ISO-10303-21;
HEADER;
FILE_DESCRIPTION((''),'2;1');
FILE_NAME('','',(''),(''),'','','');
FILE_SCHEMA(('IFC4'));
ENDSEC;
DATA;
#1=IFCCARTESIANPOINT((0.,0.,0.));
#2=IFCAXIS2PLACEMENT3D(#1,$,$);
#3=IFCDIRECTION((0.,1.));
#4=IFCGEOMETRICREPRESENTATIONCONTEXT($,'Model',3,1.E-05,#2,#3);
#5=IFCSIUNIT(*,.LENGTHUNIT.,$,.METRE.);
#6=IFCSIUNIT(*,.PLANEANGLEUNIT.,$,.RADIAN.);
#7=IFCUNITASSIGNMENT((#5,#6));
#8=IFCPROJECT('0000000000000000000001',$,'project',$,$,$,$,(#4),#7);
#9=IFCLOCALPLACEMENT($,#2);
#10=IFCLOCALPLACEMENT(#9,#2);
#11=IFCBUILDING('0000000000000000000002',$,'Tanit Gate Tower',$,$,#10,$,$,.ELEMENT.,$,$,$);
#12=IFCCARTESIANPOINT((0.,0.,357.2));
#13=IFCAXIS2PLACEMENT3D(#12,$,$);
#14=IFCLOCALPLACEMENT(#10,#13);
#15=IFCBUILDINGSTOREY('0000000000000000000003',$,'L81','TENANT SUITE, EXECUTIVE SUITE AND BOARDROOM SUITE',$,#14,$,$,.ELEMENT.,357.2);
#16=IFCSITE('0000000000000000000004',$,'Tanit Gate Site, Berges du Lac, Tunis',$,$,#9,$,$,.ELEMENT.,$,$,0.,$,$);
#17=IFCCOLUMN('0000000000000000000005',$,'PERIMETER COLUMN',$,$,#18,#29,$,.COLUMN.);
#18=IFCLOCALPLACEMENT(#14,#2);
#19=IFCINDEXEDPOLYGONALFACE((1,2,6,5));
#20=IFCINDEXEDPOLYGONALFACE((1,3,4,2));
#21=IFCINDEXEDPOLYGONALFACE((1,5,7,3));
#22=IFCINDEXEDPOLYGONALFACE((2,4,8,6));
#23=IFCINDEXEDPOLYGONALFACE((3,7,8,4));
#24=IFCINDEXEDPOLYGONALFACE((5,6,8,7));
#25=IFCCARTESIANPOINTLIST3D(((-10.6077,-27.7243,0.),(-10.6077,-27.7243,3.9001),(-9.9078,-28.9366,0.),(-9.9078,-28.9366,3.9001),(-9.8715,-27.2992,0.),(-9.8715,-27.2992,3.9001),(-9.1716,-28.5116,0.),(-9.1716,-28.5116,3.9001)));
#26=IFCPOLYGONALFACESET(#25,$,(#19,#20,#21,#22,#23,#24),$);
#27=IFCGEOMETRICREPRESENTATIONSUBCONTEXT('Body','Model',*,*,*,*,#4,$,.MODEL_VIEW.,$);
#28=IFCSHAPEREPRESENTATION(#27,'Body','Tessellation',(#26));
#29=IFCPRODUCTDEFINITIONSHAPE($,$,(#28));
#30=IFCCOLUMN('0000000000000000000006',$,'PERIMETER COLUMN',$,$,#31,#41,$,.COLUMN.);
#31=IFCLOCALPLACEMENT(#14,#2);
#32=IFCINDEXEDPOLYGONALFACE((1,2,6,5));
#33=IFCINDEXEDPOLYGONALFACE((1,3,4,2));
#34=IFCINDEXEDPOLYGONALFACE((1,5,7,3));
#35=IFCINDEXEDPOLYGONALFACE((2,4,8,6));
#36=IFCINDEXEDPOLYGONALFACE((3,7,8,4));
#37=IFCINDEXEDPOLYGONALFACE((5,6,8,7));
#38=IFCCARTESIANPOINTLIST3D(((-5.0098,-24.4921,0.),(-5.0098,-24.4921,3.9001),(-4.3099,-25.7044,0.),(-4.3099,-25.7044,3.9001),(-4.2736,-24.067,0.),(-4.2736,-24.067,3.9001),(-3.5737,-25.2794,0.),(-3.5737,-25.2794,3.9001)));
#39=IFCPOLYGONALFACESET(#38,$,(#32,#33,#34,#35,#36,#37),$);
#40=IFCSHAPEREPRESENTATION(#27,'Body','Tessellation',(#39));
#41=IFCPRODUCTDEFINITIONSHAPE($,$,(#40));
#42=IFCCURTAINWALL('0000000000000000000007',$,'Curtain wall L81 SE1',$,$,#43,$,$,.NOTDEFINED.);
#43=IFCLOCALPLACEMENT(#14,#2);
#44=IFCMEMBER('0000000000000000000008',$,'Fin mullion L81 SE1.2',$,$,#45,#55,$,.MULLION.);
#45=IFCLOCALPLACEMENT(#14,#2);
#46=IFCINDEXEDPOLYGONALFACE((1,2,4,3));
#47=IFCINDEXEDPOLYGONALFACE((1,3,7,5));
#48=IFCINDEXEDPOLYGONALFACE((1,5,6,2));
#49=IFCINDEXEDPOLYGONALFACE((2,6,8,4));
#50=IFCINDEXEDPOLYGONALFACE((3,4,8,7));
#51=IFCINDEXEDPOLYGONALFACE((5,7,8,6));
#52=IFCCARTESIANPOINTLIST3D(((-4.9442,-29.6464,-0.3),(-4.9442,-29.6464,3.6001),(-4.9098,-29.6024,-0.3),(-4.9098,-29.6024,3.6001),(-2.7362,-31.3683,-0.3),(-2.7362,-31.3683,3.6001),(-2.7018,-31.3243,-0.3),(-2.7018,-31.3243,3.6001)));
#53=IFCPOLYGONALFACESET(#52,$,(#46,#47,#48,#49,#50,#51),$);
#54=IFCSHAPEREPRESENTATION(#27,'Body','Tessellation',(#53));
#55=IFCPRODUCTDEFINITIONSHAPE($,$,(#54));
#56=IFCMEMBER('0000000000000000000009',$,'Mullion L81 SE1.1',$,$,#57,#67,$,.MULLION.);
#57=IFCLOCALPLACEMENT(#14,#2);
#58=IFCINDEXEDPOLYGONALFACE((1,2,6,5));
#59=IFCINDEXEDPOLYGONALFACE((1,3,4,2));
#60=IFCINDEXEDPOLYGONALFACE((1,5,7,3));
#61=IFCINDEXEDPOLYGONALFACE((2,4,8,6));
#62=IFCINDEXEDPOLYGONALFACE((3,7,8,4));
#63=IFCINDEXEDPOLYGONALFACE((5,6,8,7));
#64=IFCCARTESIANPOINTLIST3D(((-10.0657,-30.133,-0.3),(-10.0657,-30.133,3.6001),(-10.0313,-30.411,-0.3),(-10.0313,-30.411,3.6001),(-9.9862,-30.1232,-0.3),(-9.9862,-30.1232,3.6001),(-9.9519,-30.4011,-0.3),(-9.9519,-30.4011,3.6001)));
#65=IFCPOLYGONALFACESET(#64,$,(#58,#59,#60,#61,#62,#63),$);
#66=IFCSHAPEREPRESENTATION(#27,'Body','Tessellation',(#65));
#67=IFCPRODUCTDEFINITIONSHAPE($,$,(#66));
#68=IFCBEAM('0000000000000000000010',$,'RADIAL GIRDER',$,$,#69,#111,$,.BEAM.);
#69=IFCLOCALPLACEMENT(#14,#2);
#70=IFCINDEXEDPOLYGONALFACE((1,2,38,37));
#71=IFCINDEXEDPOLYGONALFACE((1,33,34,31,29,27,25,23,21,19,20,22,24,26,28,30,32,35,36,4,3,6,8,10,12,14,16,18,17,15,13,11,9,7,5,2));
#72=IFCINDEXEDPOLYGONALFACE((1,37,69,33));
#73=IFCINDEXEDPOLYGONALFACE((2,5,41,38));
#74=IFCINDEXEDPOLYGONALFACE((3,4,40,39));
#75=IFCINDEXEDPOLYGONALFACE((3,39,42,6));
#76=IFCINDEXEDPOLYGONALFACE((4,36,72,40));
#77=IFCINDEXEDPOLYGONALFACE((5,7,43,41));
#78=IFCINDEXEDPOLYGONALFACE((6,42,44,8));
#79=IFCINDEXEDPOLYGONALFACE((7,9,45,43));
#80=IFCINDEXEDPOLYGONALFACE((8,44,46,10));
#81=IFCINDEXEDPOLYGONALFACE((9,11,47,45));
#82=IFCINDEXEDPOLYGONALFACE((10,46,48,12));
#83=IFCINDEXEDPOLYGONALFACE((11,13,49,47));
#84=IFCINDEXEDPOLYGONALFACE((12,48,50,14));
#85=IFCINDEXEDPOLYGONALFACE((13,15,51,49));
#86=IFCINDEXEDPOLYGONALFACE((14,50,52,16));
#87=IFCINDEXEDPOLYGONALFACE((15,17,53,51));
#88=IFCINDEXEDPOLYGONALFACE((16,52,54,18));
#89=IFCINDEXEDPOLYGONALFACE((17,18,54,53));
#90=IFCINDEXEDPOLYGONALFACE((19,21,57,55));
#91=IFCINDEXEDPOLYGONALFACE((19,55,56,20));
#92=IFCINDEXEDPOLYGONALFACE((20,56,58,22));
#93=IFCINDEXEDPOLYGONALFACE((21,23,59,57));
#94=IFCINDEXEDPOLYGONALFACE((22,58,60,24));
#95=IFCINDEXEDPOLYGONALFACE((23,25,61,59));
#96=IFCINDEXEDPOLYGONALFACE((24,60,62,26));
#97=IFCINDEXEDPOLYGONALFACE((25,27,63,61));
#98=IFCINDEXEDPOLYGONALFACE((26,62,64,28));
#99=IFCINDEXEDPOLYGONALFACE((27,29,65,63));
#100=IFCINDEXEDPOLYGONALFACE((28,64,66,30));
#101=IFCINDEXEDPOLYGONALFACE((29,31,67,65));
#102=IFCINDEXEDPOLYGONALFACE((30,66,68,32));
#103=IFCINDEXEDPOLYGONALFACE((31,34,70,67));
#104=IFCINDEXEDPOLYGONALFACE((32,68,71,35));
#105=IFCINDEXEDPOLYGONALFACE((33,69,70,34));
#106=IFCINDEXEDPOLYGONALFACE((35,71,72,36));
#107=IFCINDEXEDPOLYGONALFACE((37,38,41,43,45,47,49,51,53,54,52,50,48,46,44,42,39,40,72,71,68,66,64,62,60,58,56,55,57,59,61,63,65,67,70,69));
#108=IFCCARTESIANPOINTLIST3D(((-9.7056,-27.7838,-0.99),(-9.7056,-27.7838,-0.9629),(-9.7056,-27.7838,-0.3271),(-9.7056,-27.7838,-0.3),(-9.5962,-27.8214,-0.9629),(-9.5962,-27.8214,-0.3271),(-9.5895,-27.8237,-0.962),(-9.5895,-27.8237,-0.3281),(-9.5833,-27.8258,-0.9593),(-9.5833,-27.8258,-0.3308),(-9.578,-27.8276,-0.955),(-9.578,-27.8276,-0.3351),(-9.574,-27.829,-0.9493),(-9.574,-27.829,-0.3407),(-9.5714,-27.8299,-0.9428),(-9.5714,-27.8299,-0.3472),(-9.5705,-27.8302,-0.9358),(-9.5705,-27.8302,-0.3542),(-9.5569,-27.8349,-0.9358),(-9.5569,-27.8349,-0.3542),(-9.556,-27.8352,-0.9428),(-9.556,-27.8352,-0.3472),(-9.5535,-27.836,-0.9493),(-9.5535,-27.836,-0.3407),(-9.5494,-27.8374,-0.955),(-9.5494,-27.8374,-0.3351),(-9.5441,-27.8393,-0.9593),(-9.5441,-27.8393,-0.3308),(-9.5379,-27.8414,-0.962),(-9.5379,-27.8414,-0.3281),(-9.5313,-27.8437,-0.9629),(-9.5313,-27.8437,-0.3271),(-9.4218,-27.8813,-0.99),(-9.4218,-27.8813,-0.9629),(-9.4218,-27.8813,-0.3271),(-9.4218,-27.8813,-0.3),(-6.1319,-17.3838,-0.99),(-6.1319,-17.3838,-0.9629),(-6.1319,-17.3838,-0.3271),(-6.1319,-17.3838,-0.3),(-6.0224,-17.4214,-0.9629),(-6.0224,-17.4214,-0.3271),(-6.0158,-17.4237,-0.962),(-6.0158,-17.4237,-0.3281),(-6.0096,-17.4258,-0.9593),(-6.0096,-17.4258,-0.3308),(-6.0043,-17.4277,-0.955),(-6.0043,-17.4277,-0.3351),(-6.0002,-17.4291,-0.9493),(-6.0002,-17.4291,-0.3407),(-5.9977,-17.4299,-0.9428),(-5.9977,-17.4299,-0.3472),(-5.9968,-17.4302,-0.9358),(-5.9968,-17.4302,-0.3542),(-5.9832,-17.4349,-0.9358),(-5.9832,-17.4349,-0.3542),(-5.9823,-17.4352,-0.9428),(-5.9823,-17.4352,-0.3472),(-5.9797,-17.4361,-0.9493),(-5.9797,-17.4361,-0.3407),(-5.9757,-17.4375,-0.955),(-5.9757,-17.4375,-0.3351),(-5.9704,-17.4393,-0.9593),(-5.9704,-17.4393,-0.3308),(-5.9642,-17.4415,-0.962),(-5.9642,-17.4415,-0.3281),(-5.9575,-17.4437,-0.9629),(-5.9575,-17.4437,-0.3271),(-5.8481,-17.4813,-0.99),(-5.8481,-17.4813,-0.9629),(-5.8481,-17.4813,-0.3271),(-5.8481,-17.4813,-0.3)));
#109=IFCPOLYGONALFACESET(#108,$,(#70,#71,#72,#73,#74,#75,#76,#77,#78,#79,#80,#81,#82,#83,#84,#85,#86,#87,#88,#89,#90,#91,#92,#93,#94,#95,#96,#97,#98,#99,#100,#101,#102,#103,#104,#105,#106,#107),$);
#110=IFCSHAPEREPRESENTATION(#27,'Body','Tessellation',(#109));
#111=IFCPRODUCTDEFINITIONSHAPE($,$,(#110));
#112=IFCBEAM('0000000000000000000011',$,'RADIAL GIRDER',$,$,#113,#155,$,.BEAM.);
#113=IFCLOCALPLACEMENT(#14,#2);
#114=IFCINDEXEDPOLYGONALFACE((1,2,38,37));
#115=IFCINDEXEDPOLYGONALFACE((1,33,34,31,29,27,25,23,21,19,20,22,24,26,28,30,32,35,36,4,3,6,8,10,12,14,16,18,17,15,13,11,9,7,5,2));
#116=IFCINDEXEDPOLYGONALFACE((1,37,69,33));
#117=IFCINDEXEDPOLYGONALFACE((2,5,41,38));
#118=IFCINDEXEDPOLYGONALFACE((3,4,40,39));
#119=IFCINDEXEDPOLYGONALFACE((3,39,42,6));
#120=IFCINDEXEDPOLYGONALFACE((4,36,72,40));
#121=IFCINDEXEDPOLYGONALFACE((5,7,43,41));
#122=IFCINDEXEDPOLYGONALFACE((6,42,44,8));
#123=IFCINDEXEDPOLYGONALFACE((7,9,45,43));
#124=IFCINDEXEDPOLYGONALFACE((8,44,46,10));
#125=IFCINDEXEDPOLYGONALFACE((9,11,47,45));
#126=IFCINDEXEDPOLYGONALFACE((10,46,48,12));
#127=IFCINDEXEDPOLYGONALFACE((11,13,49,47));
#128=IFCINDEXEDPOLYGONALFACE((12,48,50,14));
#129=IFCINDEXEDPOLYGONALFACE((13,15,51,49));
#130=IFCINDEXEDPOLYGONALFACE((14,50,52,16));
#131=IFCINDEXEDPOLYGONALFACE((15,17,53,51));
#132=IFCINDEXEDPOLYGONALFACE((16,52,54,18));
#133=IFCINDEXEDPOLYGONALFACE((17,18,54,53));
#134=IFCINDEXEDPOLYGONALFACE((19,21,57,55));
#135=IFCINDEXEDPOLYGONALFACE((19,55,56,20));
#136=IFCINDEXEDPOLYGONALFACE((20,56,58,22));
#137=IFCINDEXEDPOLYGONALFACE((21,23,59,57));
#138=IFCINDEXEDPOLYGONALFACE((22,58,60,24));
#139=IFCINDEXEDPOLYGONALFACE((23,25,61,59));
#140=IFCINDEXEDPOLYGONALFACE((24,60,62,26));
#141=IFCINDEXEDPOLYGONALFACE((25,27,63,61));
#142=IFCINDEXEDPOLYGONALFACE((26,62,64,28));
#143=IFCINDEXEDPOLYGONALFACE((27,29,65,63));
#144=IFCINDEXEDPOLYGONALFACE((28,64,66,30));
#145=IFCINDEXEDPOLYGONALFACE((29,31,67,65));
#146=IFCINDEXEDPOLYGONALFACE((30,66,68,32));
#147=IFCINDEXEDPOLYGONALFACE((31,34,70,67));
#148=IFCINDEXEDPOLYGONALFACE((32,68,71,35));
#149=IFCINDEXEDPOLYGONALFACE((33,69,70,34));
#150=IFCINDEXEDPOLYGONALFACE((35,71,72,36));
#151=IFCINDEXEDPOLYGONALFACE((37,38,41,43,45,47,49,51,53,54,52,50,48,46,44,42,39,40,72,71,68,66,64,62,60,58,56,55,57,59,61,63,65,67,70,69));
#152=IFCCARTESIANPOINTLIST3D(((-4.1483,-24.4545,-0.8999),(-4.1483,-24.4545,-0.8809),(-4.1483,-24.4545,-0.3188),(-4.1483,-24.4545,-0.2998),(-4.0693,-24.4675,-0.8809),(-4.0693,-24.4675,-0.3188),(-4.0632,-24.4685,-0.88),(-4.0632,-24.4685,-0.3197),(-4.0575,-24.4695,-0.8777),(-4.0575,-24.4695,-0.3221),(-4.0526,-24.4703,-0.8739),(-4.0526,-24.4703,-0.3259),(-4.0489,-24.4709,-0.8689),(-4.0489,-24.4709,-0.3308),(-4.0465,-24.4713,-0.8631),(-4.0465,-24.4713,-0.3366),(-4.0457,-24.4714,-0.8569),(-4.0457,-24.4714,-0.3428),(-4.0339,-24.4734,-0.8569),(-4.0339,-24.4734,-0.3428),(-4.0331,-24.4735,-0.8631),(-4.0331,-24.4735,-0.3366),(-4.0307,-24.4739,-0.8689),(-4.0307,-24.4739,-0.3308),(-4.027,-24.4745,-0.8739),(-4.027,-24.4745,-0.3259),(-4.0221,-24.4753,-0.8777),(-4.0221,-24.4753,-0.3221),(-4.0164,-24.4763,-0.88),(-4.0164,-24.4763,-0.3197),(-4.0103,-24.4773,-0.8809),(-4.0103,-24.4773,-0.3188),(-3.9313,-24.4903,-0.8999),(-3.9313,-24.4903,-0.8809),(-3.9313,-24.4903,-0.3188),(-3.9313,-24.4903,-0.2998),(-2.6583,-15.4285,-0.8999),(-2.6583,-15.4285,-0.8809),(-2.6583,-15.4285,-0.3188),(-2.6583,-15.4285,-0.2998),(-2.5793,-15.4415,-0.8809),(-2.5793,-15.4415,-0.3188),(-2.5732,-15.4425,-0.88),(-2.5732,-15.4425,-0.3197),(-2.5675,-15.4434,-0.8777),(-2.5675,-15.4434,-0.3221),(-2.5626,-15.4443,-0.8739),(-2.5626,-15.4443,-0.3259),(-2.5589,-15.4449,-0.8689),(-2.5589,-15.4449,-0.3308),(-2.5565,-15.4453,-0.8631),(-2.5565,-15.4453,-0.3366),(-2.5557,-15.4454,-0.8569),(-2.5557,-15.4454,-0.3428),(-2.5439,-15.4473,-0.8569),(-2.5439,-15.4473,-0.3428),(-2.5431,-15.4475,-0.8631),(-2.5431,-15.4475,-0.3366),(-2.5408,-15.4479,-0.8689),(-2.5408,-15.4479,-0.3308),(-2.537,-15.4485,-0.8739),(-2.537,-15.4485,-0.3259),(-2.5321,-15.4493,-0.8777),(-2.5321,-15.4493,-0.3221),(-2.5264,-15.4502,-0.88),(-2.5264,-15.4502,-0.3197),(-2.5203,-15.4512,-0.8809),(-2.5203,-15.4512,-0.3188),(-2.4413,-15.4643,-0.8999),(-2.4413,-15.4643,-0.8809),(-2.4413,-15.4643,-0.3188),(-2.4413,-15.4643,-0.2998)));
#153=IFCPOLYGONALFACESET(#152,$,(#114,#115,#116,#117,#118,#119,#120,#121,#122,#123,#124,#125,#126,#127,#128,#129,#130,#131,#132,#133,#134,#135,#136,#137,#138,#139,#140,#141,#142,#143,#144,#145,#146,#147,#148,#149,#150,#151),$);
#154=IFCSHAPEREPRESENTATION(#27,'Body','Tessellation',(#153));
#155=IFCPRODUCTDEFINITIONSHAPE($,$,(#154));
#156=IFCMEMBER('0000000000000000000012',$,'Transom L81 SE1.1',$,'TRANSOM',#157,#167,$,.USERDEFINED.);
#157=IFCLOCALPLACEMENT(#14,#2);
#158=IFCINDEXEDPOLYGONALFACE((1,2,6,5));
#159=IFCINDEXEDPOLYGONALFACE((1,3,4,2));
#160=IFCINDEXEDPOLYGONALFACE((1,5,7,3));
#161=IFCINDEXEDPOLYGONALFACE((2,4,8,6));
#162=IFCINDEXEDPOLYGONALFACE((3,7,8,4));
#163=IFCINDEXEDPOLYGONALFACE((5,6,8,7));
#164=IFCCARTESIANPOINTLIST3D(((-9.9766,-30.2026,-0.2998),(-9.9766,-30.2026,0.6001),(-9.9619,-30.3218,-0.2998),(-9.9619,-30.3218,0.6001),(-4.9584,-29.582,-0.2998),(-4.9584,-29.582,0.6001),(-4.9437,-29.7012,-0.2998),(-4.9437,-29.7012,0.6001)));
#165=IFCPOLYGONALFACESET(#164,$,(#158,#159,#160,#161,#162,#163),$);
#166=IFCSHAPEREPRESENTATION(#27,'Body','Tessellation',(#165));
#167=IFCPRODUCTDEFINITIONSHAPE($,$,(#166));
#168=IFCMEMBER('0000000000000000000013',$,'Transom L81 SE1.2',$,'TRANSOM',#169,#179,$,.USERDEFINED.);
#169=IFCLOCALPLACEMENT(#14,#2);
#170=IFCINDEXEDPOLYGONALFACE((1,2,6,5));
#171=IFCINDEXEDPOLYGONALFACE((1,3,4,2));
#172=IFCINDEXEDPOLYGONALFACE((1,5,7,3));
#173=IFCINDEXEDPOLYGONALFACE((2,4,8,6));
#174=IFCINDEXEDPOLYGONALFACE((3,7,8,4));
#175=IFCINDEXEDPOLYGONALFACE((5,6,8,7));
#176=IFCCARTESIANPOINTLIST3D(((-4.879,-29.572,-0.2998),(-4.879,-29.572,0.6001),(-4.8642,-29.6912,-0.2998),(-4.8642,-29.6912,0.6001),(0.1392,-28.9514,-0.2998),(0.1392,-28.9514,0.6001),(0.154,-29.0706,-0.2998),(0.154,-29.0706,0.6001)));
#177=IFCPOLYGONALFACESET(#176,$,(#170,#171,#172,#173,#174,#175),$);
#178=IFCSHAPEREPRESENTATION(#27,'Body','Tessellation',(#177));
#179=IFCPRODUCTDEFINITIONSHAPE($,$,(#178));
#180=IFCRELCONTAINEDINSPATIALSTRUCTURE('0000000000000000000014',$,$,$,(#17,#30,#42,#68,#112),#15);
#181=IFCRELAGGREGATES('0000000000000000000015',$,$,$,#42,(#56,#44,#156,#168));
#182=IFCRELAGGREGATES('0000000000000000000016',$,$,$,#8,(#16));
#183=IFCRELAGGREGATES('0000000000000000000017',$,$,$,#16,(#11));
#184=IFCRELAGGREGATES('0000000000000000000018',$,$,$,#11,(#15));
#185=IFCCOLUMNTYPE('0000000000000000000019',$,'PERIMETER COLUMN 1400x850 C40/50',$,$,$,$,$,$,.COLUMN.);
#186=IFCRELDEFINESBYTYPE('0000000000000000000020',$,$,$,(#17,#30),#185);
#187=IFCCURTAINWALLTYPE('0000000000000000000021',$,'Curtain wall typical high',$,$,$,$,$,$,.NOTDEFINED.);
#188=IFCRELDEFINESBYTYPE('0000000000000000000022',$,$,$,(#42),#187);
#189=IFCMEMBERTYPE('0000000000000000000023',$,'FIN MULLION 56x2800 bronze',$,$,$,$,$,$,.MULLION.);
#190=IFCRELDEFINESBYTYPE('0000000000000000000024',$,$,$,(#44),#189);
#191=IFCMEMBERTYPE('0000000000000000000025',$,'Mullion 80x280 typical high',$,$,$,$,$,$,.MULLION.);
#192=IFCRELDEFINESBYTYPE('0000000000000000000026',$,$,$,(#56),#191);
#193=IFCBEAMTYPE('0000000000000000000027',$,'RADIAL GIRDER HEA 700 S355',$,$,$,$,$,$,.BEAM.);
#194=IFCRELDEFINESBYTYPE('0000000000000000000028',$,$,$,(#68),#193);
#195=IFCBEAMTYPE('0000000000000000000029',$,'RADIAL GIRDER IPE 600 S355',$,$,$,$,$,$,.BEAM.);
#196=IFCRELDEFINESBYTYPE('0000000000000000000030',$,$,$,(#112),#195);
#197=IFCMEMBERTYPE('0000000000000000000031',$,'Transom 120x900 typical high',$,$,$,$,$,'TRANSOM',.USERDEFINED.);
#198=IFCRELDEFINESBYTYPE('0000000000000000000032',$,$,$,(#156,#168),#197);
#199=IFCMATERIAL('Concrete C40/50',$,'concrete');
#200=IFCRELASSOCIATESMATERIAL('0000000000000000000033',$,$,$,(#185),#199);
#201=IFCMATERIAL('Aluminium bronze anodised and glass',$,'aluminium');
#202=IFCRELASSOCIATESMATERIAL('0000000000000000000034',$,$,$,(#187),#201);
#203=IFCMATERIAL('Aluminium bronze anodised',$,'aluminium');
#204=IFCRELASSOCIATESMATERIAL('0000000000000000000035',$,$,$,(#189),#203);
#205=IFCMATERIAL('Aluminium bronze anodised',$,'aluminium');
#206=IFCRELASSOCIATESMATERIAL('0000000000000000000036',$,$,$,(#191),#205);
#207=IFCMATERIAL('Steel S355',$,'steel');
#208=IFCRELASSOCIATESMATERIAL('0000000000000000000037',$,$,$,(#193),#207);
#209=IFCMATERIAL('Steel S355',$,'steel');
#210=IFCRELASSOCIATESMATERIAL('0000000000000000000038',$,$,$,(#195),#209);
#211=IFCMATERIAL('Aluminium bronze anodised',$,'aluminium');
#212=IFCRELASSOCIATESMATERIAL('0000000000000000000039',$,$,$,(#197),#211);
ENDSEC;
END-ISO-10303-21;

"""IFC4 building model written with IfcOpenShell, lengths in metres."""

from ifc_helpers import new_model, si_unit, direction, frame, origin, origin_2d, place, context, subcontext, project, spatial, rectangle, i_section, extrude, material, material_profile, profile_set, type_object, element, aggregate, save


model = new_model("IFC4")

# Units and contexts
model_context = context("Model", 3, precision=1e-05, world=origin(), true_north=direction((0.0, 1.0)))
body_context = subcontext(model_context, "Body", "Model", "MODEL_VIEW")
ifc_project = project(units=[si_unit("LENGTHUNIT", "METRE"), si_unit("PLANEANGLEUNIT", "RADIAN")], contexts=[model_context])

# Site, building, storey
site_placement = place(None, origin())
site = spatial("IfcSite", under=ifc_project, at=site_placement, Name="Tanit Gate Site, Berges du Lac, Tunis", CompositionType="ELEMENT", RefElevation=0.0)
building_placement = place(site_placement, origin())
building = spatial("IfcBuilding", under=site, at=building_placement, Name="Tanit Gate Tower", CompositionType="ELEMENT")
storey_placement = place(building_placement, frame((0.0, 0.0, 357.2)))
storey = spatial("IfcBuildingStorey", under=building, at=storey_placement, Name="L81", Description="TENANT SUITE, EXECUTIVE SUITE AND BOARDROOM SUITE", CompositionType="ELEMENT", Elevation=357.2)

# Columns
ifc_material_1 = material(Name="Concrete C40/50", Category="concrete")
ifc_material_profile_1 = material_profile(ifc_material_1, rectangle(XDim=1.3999, YDim=0.8501, at=origin_2d()), Name="RC 1400x850")
ifc_profile_set_1 = profile_set([ifc_material_profile_1], Name="Concrete C40/50")
column_type = type_object("IfcColumnType", Name="PERIMETER COLUMN 1400x850 C40/50", PredefinedType="COLUMN", material=ifc_profile_set_1)
for number, where, z_axis, x_axis, name in (
    (1, (-9.8896, -28.1179, 0.0), (0.0, 0.0, 1.0), (0.5, -0.866025, 0.0), "PERIMETER COLUMN"),
    (2, (-4.2917, -24.8857, 0.0), (0.0, 0.0, 1.0), (0.5, -0.866025, 0.0), "PERIMETER COLUMN"),
):
    element("IfcColumn", number, at=place(storey_placement, frame(where, z_axis=z_axis, x_axis=x_axis)), inside=storey, type_object=column_type, Name=name, PredefinedType="COLUMN", context=body_context, shape_type="SweptSolid", body=[
        extrude(rectangle(XDim=1.3999, YDim=0.8501, at=origin_2d()), origin(), (0.0, 0.0, 1.0), 3.9001),
    ])

# Curtain wall, members
ifc_material_2 = material(Name="Aluminium bronze anodised and glass", Category="aluminium")
curtain_wall_type = type_object("IfcCurtainWallType", Name="Curtain wall typical high", PredefinedType="NOTDEFINED", material=ifc_material_2)
curtain_wall_placement = place(storey_placement, origin())
curtain_wall = element("IfcCurtainWall", 3, at=curtain_wall_placement, inside=storey, type_object=curtain_wall_type, Name="Curtain wall L81 SE1", PredefinedType="NOTDEFINED")
ifc_material_3 = material(Name="Aluminium bronze anodised", Category="aluminium")
ifc_material_profile_2 = material_profile(ifc_material_3, rectangle(XDim=2.8, YDim=0.0559, at=origin_2d()), Name="56x2800 bronze fin mullion")
ifc_profile_set_2 = profile_set([ifc_material_profile_2], Name="Aluminium bronze anodised")
member_type_1 = type_object("IfcMemberType", Name="FIN MULLION 56x2800 bronze", PredefinedType="MULLION", material=ifc_profile_set_2)
member_1_placement = place(storey_placement, frame((-3.823, -30.4854, -0.3), z_axis=(0.0, 0.0, 1.0), x_axis=(-0.788562, 0.614955, 0.0)))
member_1 = element("IfcMember", 4, at=member_1_placement, type_object=member_type_1, Name="Fin mullion L81 SE1.2", PredefinedType="MULLION", context=body_context, shape_type="SweptSolid", body=[
    extrude(rectangle(XDim=2.8, YDim=0.0559, at=origin_2d()), origin(), (0.0, 0.0, 1.0), 3.9001),
])
ifc_material_4 = material(Name="Aluminium bronze anodised", Category="aluminium")
ifc_material_profile_3 = material_profile(ifc_material_4, rectangle(XDim=0.28, YDim=0.0801, at=origin_2d()), Name="80x280 bronze mullion")
ifc_profile_set_3 = profile_set([ifc_material_profile_3], Name="Aluminium bronze anodised")
member_type_2 = type_object("IfcMemberType", Name="Mullion 80x280 typical high", PredefinedType="MULLION", material=ifc_profile_set_3)
member_2_placement = place(storey_placement, frame((-10.0088, -30.2671, -0.3), z_axis=(0.0, 0.0, 1.0), x_axis=(-0.122759, 0.992436, 0.0)))
member_2 = element("IfcMember", 5, at=member_2_placement, type_object=member_type_2, Name="Mullion L81 SE1.1", PredefinedType="MULLION", context=body_context, shape_type="SweptSolid", body=[
    extrude(rectangle(XDim=0.28, YDim=0.0801, at=origin_2d()), origin(), (0.0, 0.0, 1.0), 3.9001),
])

# Beams
ifc_material_5 = material(Name="Steel S355", Category="steel")
ifc_material_profile_4 = material_profile(ifc_material_5, i_section(OverallWidth=0.3, OverallDepth=0.6899, WebThickness=0.0144, FlangeThickness=0.0271, FilletRadius=0.0271, at=origin_2d()), Name="HEA 700")
ifc_profile_set_4 = profile_set([ifc_material_profile_4], Name="Steel S355")
beam_type_1 = type_object("IfcBeamType", Name="RADIAL GIRDER HEA 700 S355", PredefinedType="BEAM", material=ifc_profile_set_4)
beam_1_placement = place(storey_placement, frame((-9.5637, -27.8325, -0.645), z_axis=(0.324979, 0.945721, 0.0), x_axis=(-0.945721, 0.324979, 0.0)))
element("IfcBeam", 6, at=beam_1_placement, inside=storey, type_object=beam_type_1, Name="RADIAL GIRDER", PredefinedType="BEAM", context=body_context, shape_type="SweptSolid", body=[
    extrude(i_section(OverallWidth=0.3, OverallDepth=0.6899, WebThickness=0.0144, FlangeThickness=0.0271, FilletRadius=0.0271, at=origin_2d()), origin(), (0.0, 0.0, 1.0), 10.9968),
])
ifc_material_6 = material(Name="Steel S355", Category="steel")
ifc_material_profile_5 = material_profile(ifc_material_6, i_section(OverallWidth=0.22, OverallDepth=0.6001, WebThickness=0.012, FlangeThickness=0.019, FilletRadius=0.0239, at=origin_2d()), Name="IPE 600")
ifc_profile_set_5 = profile_set([ifc_material_profile_5], Name="Steel S355")
beam_type_2 = type_object("IfcBeamType", Name="RADIAL GIRDER IPE 600 S355", PredefinedType="BEAM", material=ifc_profile_set_5)
beam_2_placement = place(storey_placement, frame((-4.0398, -24.4724, -0.5999), z_axis=(0.162871, 0.986647, 0.0), x_axis=(-0.986647, 0.162871, 0.0)))
element("IfcBeam", 7, at=beam_2_placement, inside=storey, type_object=beam_type_2, Name="RADIAL GIRDER", PredefinedType="BEAM", context=body_context, shape_type="SweptSolid", body=[
    extrude(i_section(OverallWidth=0.22, OverallDepth=0.6001, WebThickness=0.012, FlangeThickness=0.019, FilletRadius=0.0239, at=origin_2d()), origin(), (0.0, 0.0, 1.0), 9.1482),
])

# Members
ifc_material_7 = material(Name="Aluminium bronze anodised", Category="aluminium")
ifc_material_profile_6 = material_profile(ifc_material_7, rectangle(XDim=0.1201, YDim=0.8999, at=origin_2d()), Name="120x900 bronze transom")
ifc_profile_set_6 = profile_set([ifc_material_profile_6], Name="Aluminium bronze anodised")
member_type_3 = type_object("IfcMemberType", Name="Transom 120x900 typical high", ElementType="TRANSOM", PredefinedType="USERDEFINED", material=ifc_profile_set_6)
member_3_placement = place(storey_placement, frame((-9.9692, -30.2622, 0.1501), z_axis=(0.992439, 0.122739, 0.0), x_axis=(-0.122739, 0.992439, 0.0)))
member_3 = element("IfcMember", 8, at=member_3_placement, type_object=member_type_3, Name="Transom L81 SE1.1", ObjectType="TRANSOM", PredefinedType="USERDEFINED", context=body_context, shape_type="SweptSolid", body=[
    extrude(rectangle(XDim=0.1201, YDim=0.8999, at=origin_2d()), origin(), (0.0, 0.0, 1.0), 5.0564),
])
member_4_placement = place(storey_placement, frame((-4.8716, -29.6316, 0.1501), z_axis=(0.992439, 0.122739, 0.0), x_axis=(-0.122739, 0.992439, 0.0)))
member_4 = element("IfcMember", 9, at=member_4_placement, type_object=member_type_3, Name="Transom L81 SE1.2", ObjectType="TRANSOM", PredefinedType="USERDEFINED", context=body_context, shape_type="SweptSolid", body=[
    extrude(rectangle(XDim=0.1201, YDim=0.8999, at=origin_2d()), origin(), (0.0, 0.0, 1.0), 5.0564),
])

aggregate(curtain_wall, [member_2, member_1, member_3, member_4])

save(model, "model.ifc")
